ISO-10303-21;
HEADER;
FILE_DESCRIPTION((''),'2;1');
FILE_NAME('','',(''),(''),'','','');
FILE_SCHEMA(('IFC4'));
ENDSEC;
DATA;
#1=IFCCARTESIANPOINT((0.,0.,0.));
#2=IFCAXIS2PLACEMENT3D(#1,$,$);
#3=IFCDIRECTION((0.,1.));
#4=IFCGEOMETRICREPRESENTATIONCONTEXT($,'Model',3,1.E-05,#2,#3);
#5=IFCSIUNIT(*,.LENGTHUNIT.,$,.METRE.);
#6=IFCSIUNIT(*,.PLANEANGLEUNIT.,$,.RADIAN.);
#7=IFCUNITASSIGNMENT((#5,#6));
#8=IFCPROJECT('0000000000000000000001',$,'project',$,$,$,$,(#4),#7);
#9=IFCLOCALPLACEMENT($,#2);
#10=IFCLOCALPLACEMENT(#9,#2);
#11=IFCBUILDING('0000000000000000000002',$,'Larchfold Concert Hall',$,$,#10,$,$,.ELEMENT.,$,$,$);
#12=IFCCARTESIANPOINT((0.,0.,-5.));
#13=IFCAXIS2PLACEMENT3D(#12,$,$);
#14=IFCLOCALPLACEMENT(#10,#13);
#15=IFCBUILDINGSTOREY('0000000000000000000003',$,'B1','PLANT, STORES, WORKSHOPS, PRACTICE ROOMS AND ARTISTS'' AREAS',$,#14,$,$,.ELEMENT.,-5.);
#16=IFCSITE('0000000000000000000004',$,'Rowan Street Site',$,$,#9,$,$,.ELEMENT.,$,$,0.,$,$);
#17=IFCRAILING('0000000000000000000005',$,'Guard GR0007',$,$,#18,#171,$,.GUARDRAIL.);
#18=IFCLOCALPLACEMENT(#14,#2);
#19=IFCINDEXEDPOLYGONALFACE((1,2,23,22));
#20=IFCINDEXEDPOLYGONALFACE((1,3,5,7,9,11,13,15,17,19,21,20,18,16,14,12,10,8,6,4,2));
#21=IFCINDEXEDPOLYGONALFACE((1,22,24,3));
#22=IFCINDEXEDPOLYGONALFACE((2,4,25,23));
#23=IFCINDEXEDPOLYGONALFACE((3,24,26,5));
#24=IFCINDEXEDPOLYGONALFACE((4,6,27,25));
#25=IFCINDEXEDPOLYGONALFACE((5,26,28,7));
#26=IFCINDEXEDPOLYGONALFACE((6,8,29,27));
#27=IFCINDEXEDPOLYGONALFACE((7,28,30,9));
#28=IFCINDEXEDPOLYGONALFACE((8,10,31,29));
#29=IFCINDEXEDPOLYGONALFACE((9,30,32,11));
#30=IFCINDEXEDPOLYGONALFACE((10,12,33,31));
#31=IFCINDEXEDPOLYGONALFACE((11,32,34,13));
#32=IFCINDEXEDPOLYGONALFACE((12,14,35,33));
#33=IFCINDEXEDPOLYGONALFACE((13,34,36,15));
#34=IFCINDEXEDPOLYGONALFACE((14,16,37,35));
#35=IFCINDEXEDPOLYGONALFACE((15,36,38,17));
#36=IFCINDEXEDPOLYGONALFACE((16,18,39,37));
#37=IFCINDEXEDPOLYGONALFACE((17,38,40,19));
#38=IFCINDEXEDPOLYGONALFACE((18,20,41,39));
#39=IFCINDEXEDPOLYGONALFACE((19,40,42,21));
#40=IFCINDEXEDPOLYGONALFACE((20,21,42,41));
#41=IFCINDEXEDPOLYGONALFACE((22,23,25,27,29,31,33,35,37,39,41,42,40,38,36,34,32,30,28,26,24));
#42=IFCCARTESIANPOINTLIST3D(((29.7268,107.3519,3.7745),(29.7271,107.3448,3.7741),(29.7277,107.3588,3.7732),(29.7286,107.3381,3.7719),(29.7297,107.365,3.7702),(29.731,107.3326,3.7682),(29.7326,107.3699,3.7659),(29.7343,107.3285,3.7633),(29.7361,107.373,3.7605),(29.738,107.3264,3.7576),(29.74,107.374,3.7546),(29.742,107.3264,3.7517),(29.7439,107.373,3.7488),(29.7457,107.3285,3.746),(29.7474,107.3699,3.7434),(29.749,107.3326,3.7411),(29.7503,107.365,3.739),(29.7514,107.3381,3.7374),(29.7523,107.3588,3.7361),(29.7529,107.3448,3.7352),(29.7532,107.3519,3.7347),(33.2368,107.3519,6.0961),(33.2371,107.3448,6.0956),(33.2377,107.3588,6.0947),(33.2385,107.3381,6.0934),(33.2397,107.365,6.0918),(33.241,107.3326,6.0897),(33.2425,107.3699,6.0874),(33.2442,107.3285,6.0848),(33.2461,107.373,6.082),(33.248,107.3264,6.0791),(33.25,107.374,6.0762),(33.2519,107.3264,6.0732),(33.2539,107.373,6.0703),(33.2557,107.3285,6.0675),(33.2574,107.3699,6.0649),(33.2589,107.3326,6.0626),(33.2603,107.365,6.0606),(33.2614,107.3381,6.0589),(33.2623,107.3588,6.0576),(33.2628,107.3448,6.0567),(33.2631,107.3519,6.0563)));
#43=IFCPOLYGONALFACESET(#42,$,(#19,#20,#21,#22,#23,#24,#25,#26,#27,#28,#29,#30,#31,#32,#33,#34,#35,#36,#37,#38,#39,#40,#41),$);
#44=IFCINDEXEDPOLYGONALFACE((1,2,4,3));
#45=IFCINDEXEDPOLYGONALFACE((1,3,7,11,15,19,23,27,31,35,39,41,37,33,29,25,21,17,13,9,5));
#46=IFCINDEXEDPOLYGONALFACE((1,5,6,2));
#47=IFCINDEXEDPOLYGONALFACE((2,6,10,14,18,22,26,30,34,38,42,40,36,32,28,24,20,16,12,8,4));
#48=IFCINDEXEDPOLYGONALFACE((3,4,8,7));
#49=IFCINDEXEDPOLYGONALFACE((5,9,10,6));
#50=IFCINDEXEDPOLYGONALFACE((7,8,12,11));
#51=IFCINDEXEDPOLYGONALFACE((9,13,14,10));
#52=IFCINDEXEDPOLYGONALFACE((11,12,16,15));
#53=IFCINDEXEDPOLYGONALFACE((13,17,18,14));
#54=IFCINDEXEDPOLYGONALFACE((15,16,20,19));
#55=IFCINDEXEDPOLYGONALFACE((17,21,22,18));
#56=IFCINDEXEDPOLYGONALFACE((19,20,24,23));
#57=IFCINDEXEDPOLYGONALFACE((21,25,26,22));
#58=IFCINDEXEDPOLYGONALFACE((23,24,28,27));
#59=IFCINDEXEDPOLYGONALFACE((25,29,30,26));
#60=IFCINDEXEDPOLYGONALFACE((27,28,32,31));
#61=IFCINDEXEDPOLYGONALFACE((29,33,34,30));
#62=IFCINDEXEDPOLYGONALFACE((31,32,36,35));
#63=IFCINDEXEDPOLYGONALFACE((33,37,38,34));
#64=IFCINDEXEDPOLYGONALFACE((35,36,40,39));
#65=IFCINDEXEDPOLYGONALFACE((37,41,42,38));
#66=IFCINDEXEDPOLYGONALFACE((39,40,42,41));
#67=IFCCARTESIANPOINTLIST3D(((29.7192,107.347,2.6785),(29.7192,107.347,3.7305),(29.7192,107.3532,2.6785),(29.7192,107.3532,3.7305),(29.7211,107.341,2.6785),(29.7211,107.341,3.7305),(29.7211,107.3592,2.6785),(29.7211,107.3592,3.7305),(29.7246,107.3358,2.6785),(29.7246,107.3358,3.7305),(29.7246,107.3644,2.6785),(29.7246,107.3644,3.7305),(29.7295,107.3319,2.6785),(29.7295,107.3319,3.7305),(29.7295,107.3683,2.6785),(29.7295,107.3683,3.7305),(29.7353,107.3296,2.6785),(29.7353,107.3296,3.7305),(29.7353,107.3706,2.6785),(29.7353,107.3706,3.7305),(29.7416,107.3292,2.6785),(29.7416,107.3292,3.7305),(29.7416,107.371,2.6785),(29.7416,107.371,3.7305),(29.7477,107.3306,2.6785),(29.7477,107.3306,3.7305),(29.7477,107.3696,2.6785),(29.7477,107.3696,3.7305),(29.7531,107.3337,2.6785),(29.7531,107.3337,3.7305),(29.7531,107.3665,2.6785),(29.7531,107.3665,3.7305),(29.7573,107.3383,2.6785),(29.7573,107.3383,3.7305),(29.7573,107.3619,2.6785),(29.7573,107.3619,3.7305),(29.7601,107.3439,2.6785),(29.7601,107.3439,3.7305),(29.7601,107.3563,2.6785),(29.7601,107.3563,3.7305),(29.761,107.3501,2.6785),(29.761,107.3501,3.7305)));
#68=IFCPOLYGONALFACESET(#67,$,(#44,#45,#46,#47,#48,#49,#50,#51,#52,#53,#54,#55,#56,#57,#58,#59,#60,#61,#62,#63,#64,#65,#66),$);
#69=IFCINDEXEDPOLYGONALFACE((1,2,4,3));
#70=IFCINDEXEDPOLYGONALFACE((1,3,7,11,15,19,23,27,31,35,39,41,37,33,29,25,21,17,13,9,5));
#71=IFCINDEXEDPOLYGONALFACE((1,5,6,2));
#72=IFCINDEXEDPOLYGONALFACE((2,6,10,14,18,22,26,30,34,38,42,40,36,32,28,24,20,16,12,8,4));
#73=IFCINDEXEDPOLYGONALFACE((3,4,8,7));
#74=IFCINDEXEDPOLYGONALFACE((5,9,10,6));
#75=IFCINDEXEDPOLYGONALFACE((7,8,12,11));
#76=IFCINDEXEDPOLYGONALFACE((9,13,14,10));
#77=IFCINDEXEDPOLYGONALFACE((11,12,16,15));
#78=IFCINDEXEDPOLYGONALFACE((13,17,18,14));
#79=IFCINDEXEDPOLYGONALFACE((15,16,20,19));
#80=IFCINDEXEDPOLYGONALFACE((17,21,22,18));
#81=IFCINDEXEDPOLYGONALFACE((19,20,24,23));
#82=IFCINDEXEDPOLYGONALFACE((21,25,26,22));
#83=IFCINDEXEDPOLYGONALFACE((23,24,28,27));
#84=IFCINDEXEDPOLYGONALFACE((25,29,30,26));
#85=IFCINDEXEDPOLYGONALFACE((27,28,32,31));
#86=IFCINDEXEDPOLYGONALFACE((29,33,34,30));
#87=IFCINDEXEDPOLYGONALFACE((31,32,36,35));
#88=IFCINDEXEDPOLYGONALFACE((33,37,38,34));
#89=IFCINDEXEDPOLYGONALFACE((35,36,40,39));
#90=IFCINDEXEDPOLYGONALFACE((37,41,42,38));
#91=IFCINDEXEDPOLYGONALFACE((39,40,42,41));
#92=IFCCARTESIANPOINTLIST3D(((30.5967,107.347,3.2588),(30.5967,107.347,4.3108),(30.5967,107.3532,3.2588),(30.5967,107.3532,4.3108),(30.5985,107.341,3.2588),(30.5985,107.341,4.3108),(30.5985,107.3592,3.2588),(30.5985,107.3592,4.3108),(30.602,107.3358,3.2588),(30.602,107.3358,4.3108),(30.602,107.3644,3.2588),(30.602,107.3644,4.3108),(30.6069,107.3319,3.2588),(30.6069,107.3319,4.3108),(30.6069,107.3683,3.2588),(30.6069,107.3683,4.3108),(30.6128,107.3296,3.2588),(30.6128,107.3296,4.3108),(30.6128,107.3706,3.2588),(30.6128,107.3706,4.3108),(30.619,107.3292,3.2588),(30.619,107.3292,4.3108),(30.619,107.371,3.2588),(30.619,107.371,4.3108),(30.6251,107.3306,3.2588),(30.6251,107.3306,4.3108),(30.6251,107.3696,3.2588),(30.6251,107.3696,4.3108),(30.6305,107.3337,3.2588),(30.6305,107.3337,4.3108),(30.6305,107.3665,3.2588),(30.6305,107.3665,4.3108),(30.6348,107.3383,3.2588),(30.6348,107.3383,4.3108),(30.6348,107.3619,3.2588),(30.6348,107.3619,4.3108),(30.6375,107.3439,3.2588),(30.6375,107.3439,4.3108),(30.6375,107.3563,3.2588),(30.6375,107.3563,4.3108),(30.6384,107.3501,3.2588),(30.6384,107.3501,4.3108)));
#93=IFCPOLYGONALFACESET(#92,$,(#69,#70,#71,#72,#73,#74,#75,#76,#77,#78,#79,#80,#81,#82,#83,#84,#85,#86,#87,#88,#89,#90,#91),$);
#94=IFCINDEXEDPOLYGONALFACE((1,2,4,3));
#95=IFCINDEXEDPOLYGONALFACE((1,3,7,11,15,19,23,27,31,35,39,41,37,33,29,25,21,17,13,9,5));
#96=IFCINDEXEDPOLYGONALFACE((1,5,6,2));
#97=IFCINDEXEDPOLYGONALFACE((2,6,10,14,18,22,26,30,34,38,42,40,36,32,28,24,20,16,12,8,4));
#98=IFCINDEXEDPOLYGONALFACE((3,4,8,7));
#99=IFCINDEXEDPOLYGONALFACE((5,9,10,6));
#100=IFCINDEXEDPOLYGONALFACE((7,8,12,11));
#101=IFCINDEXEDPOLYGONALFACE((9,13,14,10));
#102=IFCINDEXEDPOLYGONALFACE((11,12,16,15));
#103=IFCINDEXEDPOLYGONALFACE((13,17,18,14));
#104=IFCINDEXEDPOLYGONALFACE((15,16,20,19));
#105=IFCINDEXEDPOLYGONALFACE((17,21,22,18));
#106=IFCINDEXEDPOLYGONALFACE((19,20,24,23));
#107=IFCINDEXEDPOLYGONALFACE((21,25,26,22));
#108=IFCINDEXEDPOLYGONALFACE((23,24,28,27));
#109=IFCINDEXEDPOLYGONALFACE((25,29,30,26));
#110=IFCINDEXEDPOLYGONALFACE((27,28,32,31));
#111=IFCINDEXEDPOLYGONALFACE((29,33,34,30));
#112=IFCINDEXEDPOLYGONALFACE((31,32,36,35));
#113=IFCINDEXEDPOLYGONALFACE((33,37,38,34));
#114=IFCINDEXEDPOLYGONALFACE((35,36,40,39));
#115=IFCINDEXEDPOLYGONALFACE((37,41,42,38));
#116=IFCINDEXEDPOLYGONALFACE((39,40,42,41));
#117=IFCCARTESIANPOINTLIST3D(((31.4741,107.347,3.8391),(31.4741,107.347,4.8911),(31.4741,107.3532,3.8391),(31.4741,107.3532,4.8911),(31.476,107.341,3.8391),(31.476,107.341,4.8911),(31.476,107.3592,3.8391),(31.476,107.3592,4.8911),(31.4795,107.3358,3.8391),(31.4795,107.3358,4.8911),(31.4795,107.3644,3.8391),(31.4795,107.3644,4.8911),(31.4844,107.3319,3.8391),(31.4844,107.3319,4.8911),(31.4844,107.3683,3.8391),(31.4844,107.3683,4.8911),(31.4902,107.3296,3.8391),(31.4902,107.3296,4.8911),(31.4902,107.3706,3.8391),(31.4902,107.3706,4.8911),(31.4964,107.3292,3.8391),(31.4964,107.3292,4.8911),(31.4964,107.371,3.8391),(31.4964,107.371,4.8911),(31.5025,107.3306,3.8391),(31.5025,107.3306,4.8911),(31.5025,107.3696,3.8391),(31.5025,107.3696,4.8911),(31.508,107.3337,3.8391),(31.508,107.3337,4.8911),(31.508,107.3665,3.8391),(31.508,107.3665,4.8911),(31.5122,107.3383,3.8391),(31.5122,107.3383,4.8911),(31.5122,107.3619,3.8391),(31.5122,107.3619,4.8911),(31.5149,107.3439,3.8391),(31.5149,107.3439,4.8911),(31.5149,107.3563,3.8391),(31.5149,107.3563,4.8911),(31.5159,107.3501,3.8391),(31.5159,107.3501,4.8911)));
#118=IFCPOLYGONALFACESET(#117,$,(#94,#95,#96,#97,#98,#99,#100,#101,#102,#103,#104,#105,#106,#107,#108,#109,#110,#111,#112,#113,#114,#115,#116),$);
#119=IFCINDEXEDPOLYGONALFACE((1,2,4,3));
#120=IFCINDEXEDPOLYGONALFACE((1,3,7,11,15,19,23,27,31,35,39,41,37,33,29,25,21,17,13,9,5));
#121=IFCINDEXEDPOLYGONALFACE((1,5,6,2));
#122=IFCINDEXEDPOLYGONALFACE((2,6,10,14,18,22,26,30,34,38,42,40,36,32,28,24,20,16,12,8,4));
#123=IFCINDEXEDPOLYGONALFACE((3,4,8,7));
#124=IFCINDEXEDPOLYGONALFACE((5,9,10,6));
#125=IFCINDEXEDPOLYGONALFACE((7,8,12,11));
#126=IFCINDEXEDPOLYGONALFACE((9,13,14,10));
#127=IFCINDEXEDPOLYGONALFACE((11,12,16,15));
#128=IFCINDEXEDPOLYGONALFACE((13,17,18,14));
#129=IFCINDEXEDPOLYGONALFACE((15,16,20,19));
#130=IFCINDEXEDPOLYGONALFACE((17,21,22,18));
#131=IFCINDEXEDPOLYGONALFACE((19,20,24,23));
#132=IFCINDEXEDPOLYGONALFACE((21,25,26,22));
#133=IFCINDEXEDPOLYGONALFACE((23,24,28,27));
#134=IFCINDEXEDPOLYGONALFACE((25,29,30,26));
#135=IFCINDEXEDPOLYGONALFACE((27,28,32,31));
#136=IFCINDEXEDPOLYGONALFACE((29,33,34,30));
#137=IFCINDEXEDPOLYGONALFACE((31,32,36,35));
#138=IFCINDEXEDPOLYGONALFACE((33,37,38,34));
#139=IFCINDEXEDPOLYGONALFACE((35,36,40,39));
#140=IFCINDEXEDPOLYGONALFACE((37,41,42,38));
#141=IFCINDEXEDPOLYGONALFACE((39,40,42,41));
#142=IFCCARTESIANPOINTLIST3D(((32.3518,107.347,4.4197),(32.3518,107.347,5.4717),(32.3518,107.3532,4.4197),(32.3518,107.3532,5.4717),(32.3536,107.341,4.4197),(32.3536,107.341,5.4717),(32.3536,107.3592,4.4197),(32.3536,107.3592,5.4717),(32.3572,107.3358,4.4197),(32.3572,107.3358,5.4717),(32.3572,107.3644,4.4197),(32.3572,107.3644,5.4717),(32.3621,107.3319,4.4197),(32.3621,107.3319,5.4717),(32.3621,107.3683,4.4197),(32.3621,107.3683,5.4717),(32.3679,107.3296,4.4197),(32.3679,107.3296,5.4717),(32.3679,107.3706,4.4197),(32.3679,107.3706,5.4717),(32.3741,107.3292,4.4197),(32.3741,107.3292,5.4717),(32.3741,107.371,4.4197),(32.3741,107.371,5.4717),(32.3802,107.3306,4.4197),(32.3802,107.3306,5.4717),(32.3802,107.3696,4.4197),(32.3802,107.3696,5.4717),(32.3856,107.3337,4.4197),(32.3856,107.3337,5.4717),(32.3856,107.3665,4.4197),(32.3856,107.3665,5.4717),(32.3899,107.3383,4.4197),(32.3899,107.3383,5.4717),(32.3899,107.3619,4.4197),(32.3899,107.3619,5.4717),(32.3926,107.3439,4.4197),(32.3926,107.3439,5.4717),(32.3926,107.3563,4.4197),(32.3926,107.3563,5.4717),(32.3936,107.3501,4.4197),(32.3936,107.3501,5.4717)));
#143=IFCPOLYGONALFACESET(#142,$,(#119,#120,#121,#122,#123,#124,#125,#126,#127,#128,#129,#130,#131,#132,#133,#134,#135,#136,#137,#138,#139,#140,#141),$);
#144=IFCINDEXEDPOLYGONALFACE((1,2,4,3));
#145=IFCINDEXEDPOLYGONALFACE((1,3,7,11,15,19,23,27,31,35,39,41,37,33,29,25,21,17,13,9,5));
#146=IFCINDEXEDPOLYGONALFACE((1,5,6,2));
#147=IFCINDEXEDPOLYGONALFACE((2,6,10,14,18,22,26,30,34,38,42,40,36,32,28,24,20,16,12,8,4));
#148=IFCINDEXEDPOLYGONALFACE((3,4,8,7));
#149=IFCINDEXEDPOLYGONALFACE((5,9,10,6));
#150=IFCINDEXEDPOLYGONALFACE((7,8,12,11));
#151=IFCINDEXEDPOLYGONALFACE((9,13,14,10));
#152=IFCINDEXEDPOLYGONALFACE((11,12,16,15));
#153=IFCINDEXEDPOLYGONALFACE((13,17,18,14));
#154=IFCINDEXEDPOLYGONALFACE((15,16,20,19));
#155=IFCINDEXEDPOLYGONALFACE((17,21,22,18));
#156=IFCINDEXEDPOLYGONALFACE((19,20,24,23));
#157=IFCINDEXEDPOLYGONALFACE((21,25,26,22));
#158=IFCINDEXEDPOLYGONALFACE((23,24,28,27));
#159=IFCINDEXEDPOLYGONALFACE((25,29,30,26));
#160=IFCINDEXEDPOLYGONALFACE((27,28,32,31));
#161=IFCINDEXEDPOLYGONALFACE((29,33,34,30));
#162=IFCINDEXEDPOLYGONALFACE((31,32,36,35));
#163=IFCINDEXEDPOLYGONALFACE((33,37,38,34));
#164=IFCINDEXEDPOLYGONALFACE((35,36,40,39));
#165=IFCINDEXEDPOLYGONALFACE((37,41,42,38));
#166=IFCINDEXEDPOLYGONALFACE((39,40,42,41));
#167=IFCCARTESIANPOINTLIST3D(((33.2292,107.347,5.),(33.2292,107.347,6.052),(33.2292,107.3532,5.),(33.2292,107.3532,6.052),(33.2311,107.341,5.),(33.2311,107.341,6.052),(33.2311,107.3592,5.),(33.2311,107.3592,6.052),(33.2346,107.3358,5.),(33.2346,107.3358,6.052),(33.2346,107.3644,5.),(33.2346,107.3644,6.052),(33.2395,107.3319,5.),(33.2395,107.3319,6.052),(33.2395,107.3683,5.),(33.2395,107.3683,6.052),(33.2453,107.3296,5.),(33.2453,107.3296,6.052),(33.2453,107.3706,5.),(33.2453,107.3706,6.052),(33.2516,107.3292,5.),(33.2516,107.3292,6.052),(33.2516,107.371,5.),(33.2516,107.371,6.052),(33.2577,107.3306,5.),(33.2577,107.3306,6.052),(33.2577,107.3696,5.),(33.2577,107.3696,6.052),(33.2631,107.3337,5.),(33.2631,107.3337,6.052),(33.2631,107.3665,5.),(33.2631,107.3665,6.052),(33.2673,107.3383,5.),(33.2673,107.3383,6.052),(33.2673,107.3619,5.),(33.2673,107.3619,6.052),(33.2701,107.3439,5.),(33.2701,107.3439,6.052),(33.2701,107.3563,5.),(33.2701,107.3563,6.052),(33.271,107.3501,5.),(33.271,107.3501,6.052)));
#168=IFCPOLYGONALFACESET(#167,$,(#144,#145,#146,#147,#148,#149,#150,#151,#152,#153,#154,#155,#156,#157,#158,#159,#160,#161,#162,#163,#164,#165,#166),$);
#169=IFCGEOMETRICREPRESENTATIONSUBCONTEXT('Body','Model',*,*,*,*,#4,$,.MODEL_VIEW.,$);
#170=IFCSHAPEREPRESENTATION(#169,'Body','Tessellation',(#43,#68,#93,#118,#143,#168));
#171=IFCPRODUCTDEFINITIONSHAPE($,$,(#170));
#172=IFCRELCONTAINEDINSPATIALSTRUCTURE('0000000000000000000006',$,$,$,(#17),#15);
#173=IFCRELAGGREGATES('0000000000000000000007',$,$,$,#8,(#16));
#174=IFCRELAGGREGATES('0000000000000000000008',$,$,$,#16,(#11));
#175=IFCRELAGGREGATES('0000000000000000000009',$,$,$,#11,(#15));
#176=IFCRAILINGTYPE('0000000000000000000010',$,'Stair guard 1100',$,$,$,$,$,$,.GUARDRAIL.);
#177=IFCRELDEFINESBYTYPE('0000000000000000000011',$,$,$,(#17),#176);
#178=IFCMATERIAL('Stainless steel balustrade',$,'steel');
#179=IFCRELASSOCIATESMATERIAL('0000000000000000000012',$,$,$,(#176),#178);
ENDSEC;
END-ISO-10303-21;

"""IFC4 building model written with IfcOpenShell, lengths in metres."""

from ifc_helpers import new_model, si_unit, direction, frame, origin, origin_2d, place, context, subcontext, project, spatial, circle, extrude, material, type_object, element, save


model = new_model("IFC4")

# Units and contexts
model_context = context("Model", 3, precision=1e-05, world=origin(), true_north=direction((0.0, 1.0)))
body_context = subcontext(model_context, "Body", "Model", "MODEL_VIEW")
ifc_project = project(units=[si_unit("LENGTHUNIT", "METRE"), si_unit("PLANEANGLEUNIT", "RADIAN")], contexts=[model_context])

# Site, building, storey
site_placement = place(None, origin())
site = spatial("IfcSite", under=ifc_project, at=site_placement, Name="Rowan Street Site", CompositionType="ELEMENT", RefElevation=0.0)
building_placement = place(site_placement, origin())
building = spatial("IfcBuilding", under=site, at=building_placement, Name="Larchfold Concert Hall", CompositionType="ELEMENT")
storey_placement = place(building_placement, frame((0.0, 0.0, -5.0)))
storey = spatial("IfcBuildingStorey", under=building, at=storey_placement, Name="B1", Description="PLANT, STORES, WORKSHOPS, PRACTICE ROOMS AND ARTISTS' AREAS", CompositionType="ELEMENT", Elevation=-5.0)

# Railing
ifc_material_1 = material(Name="Stainless steel balustrade", Category="steel")
railing_type_1 = type_object("IfcRailingType", Name="Stair guard 1100", PredefinedType="GUARDRAIL", material=ifc_material_1)
railing_1_placement = place(storey_placement, frame((29.74, 107.3501, 2.6785)))
element("IfcRailing", 1, at=railing_1_placement, inside=storey, type_object=railing_type_1, Name="Guard GR0007", PredefinedType="GUARDRAIL", context=body_context, shape_type="SweptSolid", body=[
    extrude(circle(Radius=0.0239, at=origin_2d()), frame((0.0, 0.0, 1.0762), z_axis=(0.834071, 0.0, 0.551657), x_axis=(0.0, 1.0, 0.0)), (0.0, 0.0, 1.0), 4.2083),
    extrude(circle(Radius=0.021, at=origin_2d()), origin(), (0.0, 0.0, 1.0), 1.052),
    extrude(circle(Radius=0.021, at=origin_2d()), frame((0.8774, 0.0, 0.5803)), (0.0, 0.0, 1.0), 1.052),
    extrude(circle(Radius=0.021, at=origin_2d()), frame((1.7549, 0.0, 1.1606)), (0.0, 0.0, 1.0), 1.052),
    extrude(circle(Radius=0.021, at=origin_2d()), frame((2.6326, 0.0, 1.7412)), (0.0, 0.0, 1.0), 1.052),
    extrude(circle(Radius=0.021, at=origin_2d()), frame((3.51, 0.0, 2.3215)), (0.0, 0.0, 1.0), 1.052),
])

save(model, "model.ifc")
